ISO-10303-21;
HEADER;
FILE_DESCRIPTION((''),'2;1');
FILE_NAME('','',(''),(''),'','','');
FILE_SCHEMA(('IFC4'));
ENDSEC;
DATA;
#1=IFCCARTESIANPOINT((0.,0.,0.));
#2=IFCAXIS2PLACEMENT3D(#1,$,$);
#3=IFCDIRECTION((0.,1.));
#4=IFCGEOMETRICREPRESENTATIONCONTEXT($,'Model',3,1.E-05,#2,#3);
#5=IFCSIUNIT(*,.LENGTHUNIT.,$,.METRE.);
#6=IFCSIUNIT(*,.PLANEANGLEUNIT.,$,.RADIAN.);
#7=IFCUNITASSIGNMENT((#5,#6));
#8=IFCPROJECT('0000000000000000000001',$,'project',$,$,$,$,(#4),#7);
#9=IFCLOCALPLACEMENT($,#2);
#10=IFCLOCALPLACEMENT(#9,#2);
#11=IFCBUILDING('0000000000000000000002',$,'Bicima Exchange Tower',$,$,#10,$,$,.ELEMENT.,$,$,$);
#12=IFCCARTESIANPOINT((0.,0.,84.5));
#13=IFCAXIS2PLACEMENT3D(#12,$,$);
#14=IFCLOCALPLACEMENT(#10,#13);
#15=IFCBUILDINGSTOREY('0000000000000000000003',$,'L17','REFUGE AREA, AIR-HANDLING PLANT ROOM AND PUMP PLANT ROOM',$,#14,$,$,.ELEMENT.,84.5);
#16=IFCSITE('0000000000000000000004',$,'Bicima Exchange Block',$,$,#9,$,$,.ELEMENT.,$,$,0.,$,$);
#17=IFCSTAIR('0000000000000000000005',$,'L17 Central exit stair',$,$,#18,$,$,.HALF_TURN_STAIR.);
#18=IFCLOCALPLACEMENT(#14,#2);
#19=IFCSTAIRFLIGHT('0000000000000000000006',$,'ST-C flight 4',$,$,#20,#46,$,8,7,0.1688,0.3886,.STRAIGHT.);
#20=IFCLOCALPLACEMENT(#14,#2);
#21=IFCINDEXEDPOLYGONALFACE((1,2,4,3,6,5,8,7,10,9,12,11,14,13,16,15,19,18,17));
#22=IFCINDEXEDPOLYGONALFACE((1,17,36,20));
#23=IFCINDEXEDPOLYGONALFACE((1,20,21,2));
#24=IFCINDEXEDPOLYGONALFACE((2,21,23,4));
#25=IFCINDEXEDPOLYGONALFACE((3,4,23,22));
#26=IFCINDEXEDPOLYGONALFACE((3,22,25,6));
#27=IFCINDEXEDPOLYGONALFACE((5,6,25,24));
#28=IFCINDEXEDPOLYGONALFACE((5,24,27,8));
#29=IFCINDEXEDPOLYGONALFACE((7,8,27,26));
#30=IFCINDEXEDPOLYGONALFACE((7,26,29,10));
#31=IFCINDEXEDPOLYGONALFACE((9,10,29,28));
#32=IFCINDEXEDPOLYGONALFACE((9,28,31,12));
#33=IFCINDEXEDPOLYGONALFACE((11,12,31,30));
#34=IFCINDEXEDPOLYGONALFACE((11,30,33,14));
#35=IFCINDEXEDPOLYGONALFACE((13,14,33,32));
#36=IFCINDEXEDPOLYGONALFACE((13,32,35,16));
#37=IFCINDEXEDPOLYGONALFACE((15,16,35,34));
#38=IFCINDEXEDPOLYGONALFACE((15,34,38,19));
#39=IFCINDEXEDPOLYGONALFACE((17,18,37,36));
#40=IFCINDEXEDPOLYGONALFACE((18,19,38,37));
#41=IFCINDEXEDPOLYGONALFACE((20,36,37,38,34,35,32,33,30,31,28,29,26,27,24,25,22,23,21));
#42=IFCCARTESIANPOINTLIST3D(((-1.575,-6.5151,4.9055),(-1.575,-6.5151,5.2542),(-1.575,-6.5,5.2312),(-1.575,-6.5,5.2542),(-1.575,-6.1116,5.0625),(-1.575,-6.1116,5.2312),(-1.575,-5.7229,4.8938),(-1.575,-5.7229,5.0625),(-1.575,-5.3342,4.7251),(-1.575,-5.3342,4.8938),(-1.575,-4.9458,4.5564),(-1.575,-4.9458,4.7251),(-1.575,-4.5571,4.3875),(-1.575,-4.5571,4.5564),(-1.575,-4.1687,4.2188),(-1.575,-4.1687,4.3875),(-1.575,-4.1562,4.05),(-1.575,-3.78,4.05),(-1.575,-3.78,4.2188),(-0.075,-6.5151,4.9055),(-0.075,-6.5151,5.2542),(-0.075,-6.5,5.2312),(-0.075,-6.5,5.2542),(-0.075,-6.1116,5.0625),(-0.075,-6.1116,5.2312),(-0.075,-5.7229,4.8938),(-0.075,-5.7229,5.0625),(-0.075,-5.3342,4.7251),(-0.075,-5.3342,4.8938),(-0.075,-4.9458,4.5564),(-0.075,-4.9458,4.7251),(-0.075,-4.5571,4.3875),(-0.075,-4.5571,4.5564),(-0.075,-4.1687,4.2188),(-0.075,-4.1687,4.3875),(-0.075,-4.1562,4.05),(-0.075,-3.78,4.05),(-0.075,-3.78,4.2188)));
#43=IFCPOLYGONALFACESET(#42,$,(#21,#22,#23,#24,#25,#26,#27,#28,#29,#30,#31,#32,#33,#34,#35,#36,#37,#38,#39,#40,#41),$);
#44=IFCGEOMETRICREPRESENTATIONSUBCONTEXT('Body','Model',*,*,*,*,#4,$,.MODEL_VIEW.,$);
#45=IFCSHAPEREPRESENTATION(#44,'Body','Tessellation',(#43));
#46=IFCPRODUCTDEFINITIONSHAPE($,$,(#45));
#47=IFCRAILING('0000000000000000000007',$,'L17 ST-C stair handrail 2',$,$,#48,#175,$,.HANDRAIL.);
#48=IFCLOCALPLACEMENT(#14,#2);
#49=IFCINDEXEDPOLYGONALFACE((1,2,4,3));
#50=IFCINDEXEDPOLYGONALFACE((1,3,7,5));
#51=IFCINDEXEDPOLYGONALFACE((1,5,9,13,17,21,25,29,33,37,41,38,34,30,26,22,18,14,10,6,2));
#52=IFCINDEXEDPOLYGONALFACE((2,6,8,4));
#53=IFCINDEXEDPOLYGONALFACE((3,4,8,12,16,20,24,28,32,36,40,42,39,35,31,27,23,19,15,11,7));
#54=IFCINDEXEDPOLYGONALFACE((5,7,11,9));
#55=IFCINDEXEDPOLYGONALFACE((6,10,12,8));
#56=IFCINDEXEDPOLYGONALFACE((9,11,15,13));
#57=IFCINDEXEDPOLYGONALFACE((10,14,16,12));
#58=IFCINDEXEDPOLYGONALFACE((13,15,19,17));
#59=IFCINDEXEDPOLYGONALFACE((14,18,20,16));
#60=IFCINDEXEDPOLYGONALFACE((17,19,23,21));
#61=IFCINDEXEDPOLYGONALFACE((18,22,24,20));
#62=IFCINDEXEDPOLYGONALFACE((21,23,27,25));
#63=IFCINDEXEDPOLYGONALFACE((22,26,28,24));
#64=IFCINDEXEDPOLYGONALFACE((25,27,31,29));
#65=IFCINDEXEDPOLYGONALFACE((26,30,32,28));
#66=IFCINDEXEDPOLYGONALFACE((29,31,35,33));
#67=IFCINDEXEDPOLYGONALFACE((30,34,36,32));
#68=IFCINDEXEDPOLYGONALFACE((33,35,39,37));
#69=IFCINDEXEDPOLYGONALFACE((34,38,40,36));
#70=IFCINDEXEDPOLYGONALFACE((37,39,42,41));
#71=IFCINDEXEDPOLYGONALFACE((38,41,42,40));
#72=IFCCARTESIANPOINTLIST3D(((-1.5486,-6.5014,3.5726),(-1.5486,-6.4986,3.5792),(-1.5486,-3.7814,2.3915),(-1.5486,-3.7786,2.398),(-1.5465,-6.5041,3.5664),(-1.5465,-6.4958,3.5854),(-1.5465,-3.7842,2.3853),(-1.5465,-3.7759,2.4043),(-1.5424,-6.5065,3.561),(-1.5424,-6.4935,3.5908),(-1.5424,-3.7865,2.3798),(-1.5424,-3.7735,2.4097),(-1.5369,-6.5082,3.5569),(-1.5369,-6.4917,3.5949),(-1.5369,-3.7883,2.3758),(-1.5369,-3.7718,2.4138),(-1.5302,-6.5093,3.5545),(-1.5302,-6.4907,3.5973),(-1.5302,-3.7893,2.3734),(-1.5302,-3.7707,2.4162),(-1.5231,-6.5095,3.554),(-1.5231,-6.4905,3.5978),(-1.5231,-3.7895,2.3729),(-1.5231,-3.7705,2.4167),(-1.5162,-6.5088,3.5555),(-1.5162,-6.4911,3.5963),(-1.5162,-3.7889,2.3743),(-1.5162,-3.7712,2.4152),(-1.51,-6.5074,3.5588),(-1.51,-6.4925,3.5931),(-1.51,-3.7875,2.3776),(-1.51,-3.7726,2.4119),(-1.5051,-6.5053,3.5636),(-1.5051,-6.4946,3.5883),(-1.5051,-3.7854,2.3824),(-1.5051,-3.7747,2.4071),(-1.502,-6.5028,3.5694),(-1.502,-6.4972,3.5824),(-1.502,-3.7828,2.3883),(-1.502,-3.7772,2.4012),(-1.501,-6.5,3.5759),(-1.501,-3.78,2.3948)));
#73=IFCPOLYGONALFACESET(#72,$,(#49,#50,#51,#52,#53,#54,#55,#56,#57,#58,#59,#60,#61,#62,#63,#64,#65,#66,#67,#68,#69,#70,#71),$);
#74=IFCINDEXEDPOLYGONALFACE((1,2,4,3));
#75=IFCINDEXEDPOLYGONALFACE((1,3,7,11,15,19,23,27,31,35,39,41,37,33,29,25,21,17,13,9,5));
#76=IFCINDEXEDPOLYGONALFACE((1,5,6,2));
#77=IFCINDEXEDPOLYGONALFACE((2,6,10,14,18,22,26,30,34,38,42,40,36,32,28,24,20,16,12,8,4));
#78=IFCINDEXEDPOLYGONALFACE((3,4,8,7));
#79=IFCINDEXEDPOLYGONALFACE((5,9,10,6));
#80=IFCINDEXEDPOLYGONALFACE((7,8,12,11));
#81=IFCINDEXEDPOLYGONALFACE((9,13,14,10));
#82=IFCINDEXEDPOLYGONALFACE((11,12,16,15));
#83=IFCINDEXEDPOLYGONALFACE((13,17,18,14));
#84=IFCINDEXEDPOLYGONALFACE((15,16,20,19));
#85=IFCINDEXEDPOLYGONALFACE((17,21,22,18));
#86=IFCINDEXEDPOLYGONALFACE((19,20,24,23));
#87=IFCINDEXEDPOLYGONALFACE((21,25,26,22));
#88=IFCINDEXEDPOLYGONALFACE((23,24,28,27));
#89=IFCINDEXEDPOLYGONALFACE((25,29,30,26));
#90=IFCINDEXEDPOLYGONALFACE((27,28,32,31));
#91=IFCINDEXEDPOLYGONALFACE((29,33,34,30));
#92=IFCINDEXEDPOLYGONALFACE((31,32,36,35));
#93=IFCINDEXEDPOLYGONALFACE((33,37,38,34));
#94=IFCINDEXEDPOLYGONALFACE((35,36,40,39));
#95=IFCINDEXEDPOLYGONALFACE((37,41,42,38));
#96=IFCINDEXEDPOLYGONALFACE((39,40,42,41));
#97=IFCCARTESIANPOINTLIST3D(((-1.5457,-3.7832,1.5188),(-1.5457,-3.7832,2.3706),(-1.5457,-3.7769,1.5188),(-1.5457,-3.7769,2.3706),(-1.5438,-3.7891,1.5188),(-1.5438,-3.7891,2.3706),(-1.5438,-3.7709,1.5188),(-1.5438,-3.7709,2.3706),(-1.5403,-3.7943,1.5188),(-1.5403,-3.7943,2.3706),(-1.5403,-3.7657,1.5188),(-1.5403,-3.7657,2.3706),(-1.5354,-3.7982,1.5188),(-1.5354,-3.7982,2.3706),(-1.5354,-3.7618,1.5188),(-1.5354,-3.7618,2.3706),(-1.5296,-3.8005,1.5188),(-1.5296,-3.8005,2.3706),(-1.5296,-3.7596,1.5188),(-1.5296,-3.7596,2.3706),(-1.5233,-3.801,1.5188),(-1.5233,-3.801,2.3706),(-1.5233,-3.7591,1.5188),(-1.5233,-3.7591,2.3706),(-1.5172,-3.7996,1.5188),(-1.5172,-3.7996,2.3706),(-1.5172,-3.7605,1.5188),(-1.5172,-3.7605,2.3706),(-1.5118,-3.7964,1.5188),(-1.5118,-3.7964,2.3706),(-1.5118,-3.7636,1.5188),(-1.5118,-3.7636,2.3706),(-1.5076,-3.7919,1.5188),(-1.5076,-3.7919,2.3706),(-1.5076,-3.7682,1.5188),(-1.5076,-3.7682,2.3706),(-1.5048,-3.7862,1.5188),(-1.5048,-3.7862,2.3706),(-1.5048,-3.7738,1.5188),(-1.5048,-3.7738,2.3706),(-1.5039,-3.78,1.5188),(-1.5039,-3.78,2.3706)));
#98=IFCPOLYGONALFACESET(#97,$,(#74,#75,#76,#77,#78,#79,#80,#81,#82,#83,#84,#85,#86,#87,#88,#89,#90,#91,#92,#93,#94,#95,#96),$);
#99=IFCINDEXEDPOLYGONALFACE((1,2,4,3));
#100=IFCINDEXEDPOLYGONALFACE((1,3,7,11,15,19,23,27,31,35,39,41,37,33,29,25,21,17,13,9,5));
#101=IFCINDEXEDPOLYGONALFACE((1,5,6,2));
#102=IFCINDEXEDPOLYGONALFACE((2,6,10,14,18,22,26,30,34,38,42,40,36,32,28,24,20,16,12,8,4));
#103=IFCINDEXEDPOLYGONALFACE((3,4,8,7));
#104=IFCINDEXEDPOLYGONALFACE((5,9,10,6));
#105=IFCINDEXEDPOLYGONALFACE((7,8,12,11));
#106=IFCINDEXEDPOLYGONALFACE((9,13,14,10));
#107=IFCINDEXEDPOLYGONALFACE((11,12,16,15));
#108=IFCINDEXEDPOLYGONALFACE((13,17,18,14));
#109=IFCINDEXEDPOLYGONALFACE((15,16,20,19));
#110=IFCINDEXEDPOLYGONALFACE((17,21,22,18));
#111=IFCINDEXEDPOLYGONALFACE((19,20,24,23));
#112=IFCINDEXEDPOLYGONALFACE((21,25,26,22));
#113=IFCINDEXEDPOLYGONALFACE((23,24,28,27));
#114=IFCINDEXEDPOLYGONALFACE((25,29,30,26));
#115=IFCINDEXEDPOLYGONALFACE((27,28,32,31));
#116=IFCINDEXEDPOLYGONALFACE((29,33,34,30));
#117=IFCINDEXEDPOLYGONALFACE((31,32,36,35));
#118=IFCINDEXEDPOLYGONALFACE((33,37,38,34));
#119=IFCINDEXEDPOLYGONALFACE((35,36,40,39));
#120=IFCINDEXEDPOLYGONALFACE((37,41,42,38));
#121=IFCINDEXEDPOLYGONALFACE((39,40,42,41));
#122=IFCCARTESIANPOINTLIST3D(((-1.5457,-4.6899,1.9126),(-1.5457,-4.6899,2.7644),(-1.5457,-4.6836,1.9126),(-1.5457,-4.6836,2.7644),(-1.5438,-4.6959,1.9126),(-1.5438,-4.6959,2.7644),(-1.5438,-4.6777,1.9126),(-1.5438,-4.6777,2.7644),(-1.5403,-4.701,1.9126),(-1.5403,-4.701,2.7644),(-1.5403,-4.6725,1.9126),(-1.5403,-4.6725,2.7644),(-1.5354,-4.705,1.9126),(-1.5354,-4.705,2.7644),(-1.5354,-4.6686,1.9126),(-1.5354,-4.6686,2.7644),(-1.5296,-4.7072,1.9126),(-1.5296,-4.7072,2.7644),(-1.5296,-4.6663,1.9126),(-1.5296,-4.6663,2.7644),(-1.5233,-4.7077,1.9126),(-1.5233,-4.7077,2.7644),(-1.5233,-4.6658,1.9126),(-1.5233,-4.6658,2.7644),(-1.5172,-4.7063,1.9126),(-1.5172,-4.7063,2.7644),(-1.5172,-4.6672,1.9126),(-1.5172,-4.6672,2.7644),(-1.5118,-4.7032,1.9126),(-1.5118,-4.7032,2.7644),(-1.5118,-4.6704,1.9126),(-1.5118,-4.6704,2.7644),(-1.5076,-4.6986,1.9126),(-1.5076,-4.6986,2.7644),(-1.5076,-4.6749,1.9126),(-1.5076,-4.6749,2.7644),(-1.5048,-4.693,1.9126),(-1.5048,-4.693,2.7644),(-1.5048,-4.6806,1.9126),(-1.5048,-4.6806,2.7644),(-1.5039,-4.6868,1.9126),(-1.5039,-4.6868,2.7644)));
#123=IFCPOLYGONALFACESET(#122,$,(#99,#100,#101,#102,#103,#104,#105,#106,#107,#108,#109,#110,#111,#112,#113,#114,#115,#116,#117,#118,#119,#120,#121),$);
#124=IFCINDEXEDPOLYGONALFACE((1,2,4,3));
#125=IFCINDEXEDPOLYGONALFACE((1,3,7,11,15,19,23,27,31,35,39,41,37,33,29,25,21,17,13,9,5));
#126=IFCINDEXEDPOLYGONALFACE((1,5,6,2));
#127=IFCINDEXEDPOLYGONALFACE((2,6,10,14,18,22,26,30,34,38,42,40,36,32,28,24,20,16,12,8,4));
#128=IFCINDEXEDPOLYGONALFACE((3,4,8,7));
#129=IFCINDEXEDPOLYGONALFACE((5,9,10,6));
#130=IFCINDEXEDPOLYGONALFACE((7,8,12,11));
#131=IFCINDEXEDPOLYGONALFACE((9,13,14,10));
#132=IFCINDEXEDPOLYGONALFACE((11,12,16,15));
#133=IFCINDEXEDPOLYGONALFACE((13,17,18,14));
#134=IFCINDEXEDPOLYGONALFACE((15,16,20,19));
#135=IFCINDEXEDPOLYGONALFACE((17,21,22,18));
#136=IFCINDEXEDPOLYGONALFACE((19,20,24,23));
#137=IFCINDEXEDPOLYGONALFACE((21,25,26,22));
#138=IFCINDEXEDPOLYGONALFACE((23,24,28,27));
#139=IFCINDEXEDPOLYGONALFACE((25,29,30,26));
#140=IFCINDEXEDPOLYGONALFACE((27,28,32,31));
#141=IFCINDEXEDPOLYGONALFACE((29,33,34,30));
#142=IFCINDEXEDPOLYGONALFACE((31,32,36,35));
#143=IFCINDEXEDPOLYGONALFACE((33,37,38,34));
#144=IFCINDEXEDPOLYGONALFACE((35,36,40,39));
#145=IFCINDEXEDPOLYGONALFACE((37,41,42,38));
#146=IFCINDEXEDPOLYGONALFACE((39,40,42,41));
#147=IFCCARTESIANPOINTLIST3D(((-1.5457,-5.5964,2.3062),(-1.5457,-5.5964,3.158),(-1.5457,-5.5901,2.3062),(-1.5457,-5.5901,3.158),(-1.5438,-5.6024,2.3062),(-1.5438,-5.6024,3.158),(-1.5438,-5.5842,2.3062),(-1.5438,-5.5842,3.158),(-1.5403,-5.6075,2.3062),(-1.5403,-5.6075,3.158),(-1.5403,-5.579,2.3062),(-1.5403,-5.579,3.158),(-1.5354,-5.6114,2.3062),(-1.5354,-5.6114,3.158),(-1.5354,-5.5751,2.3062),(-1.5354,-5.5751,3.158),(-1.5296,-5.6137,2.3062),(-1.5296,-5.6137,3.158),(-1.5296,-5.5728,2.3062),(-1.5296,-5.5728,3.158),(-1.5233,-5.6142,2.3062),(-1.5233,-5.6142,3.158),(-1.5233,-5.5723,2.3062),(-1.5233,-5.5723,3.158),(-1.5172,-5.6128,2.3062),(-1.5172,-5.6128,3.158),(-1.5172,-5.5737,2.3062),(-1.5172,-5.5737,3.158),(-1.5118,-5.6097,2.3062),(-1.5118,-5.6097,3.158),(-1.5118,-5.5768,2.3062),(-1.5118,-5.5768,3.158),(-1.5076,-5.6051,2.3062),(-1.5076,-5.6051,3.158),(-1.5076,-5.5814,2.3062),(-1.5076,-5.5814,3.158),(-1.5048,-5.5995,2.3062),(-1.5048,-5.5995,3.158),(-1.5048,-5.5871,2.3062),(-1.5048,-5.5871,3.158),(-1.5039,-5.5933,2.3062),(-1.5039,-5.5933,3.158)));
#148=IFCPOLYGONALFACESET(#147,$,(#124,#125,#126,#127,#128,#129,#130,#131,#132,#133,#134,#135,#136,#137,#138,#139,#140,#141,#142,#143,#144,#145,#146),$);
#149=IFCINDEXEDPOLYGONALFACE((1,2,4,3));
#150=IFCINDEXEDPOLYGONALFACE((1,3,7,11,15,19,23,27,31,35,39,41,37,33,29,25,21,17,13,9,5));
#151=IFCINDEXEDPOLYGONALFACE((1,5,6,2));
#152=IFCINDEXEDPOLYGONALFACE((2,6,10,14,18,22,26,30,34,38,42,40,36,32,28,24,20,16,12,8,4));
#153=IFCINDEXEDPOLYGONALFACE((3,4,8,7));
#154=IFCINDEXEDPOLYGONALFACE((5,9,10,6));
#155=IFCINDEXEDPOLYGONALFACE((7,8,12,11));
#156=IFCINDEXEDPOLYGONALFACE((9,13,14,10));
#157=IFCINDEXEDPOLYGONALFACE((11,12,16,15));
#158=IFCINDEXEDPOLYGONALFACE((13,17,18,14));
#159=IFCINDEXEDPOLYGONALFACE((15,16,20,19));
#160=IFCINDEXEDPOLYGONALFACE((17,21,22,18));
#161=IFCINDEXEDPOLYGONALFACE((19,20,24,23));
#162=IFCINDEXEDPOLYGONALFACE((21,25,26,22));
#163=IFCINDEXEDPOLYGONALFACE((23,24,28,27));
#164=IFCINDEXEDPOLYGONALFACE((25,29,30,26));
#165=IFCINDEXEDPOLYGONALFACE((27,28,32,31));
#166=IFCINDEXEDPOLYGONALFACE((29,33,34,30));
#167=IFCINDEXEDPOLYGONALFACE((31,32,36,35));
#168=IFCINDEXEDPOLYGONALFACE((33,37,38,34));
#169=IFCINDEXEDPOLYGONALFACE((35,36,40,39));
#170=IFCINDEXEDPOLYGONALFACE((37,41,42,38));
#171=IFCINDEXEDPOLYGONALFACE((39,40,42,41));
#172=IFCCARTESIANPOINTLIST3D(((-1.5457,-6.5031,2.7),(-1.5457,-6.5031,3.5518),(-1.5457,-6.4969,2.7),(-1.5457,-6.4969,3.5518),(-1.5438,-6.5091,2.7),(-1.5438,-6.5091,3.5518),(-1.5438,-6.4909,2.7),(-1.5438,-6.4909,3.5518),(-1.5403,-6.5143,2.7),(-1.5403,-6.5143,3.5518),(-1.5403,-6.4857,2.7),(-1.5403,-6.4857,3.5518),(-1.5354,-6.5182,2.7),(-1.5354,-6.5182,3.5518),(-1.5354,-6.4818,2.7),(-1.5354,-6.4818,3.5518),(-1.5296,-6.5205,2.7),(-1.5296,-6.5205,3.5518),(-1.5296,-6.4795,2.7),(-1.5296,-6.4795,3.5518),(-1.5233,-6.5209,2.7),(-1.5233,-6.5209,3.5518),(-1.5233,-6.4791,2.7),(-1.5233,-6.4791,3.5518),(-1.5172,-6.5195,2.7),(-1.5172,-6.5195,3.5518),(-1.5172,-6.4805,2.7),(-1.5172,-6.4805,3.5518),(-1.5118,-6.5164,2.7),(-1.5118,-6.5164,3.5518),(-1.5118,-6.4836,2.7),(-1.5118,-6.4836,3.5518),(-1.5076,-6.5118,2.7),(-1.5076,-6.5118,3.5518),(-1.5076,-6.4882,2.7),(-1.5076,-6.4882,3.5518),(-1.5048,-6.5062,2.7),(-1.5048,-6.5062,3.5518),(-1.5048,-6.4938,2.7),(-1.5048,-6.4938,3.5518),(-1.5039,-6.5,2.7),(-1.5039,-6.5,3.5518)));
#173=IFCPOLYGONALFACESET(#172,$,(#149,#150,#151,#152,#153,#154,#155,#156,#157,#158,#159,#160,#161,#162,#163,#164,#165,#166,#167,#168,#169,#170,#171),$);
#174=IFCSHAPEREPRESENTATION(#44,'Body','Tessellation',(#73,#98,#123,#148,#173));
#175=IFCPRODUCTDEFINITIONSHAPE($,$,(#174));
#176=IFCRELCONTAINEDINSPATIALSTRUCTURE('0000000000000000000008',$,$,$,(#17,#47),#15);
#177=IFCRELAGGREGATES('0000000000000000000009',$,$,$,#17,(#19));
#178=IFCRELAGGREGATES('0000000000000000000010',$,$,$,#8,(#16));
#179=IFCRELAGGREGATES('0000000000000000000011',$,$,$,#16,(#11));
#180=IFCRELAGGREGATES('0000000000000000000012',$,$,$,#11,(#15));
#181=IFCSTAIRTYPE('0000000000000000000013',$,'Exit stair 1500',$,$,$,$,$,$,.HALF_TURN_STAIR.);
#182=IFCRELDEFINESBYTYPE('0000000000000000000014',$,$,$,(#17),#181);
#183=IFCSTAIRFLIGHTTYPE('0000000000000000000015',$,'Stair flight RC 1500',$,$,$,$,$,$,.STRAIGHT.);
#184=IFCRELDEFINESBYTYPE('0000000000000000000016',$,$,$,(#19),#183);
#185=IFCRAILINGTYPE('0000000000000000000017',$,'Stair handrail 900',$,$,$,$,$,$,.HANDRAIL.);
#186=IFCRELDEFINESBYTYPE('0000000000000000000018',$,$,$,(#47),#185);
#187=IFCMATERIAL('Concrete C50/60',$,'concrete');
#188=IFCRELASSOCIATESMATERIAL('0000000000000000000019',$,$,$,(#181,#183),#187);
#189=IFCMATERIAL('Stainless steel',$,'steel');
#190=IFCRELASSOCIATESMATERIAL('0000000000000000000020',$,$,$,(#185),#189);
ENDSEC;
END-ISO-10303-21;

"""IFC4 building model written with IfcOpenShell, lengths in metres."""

from ifc_helpers import new_model, si_unit, direction, frame, origin, origin_2d, place, context, subcontext, project, spatial, polyline, circle, outline, extrude, material, type_object, element, aggregate, save


model = new_model("IFC4")

# Units and contexts
model_context = context("Model", 3, precision=1e-05, world=origin(), true_north=direction((0.0, 1.0)))
body_context = subcontext(model_context, "Body", "Model", "MODEL_VIEW")
ifc_project = project(units=[si_unit("LENGTHUNIT", "METRE"), si_unit("PLANEANGLEUNIT", "RADIAN")], contexts=[model_context])

# Site, building, storey
site_placement = place(None, origin())
site = spatial("IfcSite", under=ifc_project, at=site_placement, Name="Bicima Exchange Block", CompositionType="ELEMENT", RefElevation=0.0)
building_placement = place(site_placement, origin())
building = spatial("IfcBuilding", under=site, at=building_placement, Name="Bicima Exchange Tower", CompositionType="ELEMENT")
storey_placement = place(building_placement, frame((0.0, 0.0, 84.5)))
storey = spatial("IfcBuildingStorey", under=building, at=storey_placement, Name="L17", Description="REFUGE AREA, AIR-HANDLING PLANT ROOM AND PUMP PLANT ROOM", CompositionType="ELEMENT", Elevation=84.5)

# Shared definitions
ifc_material_1 = material(Name="Concrete C50/60", Category="concrete")

# Stair, stair flight
stair_type = type_object("IfcStairType", Name="Exit stair 1500", PredefinedType="HALF_TURN_STAIR", material=ifc_material_1)
stair_placement = place(storey_placement, origin())
stair = element("IfcStair", 1, at=stair_placement, inside=storey, type_object=stair_type, Name="L17 Central exit stair", PredefinedType="HALF_TURN_STAIR")
stair_flight_type = type_object("IfcStairFlightType", Name="Stair flight RC 1500", PredefinedType="STRAIGHT", material=ifc_material_1)
stair_flight_1_placement = place(storey_placement, frame((-0.825, -3.78, 4.05), z_axis=(0.0, 0.0, 1.0), x_axis=(0.0, -1.0, 0.0)))
stair_flight_1 = element("IfcStairFlight", 2, at=stair_flight_1_placement, type_object=stair_flight_type, Name="ST-C flight 4", NumberOfRisers=8, NumberOfTreads=7, PredefinedType="STRAIGHT", RiserHeight=0.1688, TreadLength=0.3886, context=body_context, shape_type="SweptSolid", body=[
    extrude(outline(polyline([(0.0, 0.0), (0.0, 0.1687), (0.3887, 0.1687), (0.3887, 0.3374), (0.7771, 0.3374), (0.7771, 0.5063), (1.1658, 0.5063), (1.1658, 0.675), (1.5542, 0.675), (1.5542, 0.8438), (1.9429, 0.8438), (1.9429, 1.0125), (2.3315, 1.0125), (2.3315, 1.1812), (2.72, 1.1812), (2.72, 1.2041), (2.7351, 1.2041), (2.7351, 0.8555), (0.3762, 0.0), (0.0, 0.0)])), frame((0.0, 0.75, 0.0), z_axis=(0.0, -1.0, 0.0), x_axis=(1.0, 0.0, 0.0)), (0.0, 0.0, 1.0), 1.5),
])
aggregate(stair, [stair_flight_1])

# Railing
ifc_material_2 = material(Name="Stainless steel", Category="steel")
railing_type = type_object("IfcRailingType", Name="Stair handrail 900", PredefinedType="HANDRAIL", material=ifc_material_2)
railing_1_placement = place(storey_placement, frame((-1.5249, -3.78, 1.5188)))
element("IfcRailing", 3, at=railing_1_placement, inside=storey, type_object=railing_type, Name="L17 ST-C stair handrail 2", PredefinedType="HANDRAIL", context=body_context, shape_type="SweptSolid", body=[
    extrude(circle(Radius=0.0239, at=origin_2d()), frame((0.0, 0.0, 0.876), z_axis=(0.0, -0.917248, 0.398317), x_axis=(1.0, 0.0, 0.0)), (0.0, 0.0, 1.0), 2.9653),
    extrude(circle(Radius=0.021, at=origin_2d()), origin(), (0.0, 0.0, 1.0), 0.8518),
    extrude(circle(Radius=0.021, at=origin_2d()), frame((0.0, -0.9067, 0.3938)), (0.0, 0.0, 1.0), 0.8518),
    extrude(circle(Radius=0.021, at=origin_2d()), frame((0.0, -1.8132, 0.7874)), (0.0, 0.0, 1.0), 0.8518),
    extrude(circle(Radius=0.021, at=origin_2d()), frame((0.0, -2.72, 1.1812)), (0.0, 0.0, 1.0), 0.8518),
])

save(model, "model.ifc")
